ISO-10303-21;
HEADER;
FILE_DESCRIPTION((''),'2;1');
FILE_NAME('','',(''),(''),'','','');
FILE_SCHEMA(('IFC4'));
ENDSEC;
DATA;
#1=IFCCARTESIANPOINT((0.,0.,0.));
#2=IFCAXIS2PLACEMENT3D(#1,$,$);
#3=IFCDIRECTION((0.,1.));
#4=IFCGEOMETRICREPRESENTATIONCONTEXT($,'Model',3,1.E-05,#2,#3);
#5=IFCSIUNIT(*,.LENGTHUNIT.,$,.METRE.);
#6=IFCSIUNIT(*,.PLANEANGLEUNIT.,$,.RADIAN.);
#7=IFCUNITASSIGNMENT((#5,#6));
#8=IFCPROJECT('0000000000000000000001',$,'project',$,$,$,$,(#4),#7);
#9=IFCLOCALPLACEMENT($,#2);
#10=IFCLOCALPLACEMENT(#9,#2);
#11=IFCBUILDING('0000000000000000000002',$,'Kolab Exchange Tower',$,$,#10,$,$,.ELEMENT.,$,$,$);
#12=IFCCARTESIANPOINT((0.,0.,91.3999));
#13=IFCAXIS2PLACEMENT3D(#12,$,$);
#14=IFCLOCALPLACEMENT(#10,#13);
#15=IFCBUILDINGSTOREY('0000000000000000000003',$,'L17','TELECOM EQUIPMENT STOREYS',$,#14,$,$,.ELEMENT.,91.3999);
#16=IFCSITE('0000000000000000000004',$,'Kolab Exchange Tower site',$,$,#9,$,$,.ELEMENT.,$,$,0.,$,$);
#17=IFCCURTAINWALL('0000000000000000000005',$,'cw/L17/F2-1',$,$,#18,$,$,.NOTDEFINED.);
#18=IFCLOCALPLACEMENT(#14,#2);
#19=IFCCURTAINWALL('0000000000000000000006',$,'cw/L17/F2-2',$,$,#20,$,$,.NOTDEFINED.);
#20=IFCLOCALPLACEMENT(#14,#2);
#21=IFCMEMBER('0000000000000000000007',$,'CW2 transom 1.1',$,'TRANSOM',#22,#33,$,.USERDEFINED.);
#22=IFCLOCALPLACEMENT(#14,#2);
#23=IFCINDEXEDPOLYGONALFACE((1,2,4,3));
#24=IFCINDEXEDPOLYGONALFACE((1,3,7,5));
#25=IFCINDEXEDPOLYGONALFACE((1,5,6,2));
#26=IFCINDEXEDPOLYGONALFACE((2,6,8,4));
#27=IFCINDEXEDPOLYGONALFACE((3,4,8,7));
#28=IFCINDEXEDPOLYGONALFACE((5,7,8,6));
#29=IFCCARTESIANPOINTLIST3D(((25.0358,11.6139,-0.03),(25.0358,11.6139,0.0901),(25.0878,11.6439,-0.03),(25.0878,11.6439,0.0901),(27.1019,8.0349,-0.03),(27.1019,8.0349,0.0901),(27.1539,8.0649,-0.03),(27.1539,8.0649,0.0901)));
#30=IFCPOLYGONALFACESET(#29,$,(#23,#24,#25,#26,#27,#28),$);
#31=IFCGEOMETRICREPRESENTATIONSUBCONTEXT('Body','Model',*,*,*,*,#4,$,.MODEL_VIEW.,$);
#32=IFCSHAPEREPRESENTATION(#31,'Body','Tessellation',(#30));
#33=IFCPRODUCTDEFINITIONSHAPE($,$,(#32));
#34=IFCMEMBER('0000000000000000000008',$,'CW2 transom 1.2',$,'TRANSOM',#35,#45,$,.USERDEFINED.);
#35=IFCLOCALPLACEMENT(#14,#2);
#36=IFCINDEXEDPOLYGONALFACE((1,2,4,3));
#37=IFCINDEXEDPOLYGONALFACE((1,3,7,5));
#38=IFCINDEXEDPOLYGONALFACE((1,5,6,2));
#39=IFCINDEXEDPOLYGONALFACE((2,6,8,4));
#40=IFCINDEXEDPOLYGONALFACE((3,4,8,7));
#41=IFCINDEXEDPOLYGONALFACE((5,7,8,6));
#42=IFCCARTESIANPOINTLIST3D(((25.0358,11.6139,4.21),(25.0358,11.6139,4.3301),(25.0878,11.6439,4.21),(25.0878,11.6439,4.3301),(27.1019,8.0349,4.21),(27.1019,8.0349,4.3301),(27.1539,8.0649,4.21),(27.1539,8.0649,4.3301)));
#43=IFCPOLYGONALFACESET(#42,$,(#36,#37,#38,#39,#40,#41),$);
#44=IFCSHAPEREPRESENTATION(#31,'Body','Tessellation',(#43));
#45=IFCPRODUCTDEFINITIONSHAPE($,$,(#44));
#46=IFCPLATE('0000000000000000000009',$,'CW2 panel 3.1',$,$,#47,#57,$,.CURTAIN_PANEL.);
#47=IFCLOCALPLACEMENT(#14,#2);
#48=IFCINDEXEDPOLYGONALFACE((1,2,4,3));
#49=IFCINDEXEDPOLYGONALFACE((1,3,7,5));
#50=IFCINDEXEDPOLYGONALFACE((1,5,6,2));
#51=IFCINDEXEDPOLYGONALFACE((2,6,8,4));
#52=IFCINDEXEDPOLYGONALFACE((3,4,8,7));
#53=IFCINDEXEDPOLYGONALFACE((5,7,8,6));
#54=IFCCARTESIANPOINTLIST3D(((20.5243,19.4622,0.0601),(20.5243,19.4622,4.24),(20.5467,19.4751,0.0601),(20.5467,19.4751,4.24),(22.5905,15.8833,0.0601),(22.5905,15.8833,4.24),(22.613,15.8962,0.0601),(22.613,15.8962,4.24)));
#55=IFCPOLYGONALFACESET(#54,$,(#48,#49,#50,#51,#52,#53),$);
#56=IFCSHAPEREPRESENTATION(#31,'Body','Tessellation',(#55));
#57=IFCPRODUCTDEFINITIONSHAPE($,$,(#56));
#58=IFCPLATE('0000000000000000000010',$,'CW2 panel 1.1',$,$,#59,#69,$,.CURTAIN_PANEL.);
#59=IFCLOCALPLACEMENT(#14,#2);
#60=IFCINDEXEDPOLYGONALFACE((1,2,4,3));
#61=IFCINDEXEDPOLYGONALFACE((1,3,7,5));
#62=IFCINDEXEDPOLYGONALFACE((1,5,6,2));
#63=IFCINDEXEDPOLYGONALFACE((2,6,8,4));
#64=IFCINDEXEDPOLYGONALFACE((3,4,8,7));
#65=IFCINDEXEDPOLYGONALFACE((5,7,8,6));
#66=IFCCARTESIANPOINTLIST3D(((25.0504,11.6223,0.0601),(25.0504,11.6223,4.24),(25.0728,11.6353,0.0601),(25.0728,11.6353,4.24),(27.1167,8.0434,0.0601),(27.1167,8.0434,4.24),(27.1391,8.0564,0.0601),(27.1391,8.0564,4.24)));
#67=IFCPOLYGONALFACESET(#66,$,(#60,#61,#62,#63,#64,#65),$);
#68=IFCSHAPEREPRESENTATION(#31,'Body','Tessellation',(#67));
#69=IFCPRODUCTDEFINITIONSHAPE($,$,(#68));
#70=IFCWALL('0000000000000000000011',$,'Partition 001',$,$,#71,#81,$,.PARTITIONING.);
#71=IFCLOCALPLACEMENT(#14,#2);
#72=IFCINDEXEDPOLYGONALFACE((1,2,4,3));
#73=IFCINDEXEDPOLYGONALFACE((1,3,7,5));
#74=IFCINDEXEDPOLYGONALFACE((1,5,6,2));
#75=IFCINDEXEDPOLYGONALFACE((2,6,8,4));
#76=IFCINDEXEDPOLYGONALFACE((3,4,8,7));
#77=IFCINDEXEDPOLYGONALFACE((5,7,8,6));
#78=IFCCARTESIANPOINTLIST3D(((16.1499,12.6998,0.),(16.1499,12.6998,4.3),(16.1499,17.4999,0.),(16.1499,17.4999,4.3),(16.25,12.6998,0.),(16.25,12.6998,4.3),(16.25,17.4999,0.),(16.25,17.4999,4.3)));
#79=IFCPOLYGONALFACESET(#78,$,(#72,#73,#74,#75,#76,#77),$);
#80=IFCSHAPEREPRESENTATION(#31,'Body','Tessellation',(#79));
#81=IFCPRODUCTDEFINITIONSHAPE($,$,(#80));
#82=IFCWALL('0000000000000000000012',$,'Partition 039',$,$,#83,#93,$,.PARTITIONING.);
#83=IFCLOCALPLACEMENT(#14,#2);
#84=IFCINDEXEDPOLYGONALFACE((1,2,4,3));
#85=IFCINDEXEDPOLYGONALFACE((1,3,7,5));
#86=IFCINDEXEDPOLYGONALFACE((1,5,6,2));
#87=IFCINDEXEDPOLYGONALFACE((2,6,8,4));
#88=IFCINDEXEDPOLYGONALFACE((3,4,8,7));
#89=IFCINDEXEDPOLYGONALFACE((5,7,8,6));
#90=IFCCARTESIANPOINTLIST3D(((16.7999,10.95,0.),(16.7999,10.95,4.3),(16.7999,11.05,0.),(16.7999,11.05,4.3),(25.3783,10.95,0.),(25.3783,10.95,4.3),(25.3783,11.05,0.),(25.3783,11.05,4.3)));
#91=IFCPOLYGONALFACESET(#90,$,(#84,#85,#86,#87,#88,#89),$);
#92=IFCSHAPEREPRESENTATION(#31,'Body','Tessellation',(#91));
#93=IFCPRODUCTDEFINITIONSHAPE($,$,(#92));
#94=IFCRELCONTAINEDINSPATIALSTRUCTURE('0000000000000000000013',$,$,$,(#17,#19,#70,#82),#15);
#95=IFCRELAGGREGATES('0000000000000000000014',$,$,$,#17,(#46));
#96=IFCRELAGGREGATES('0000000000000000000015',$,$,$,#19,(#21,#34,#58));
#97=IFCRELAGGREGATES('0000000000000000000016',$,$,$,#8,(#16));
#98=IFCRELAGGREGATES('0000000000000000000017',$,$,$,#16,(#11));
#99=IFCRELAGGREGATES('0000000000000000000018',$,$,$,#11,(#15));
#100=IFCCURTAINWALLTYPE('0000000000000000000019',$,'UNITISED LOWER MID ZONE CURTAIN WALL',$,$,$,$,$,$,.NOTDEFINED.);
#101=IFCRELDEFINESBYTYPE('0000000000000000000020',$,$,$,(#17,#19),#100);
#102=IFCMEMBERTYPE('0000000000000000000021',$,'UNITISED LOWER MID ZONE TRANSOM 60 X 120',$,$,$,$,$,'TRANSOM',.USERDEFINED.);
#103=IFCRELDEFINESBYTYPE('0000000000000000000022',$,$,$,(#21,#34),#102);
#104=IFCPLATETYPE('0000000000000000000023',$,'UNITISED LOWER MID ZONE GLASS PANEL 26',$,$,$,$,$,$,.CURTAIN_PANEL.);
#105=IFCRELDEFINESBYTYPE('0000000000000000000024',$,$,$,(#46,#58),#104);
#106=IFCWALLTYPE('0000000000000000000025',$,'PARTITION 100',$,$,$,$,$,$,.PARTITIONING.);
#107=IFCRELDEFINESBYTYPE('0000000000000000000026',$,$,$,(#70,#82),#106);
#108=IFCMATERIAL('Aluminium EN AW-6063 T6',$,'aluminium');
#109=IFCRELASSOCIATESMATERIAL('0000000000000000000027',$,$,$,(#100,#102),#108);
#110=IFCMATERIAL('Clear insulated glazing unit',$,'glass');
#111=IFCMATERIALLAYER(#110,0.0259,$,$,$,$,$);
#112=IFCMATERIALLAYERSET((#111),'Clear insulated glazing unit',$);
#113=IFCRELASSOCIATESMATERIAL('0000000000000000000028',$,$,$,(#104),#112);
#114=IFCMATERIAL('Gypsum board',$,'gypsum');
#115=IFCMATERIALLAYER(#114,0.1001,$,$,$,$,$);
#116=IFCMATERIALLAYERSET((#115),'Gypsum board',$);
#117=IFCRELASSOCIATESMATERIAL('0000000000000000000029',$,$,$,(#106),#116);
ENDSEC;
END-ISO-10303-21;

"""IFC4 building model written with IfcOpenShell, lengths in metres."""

from ifc_helpers import new_model, si_unit, direction, frame, frame_2d, origin, origin_2d, place, context, subcontext, project, spatial, rectangle, extrude, material, layer, layer_set, material_profile, profile_set, type_object, element, aggregate, save


model = new_model("IFC4")

# Units and contexts
model_context = context("Model", 3, precision=1e-05, world=origin(), true_north=direction((0.0, 1.0)))
body_context = subcontext(model_context, "Body", "Model", "MODEL_VIEW")
ifc_project = project(units=[si_unit("LENGTHUNIT", "METRE"), si_unit("PLANEANGLEUNIT", "RADIAN")], contexts=[model_context])

# Site, building, storey
site_placement = place(None, origin())
site = spatial("IfcSite", under=ifc_project, at=site_placement, Name="Kolab Exchange Tower site", CompositionType="ELEMENT", RefElevation=0.0)
building_placement = place(site_placement, origin())
building = spatial("IfcBuilding", under=site, at=building_placement, Name="Kolab Exchange Tower", CompositionType="ELEMENT")
storey_placement = place(building_placement, frame((0.0, 0.0, 91.3999)))
storey = spatial("IfcBuildingStorey", under=building, at=storey_placement, Name="L17", Description="TELECOM EQUIPMENT STOREYS", CompositionType="ELEMENT", Elevation=91.3999)

# Curtain wall
ifc_material_1 = material(Name="Aluminium EN AW-6063 T6", Category="aluminium")
curtain_wall_type = type_object("IfcCurtainWallType", Name="UNITISED LOWER MID ZONE CURTAIN WALL", PredefinedType="NOTDEFINED", material=ifc_material_1)
curtain_wall_1_placement = place(storey_placement, origin())
curtain_wall_1 = element("IfcCurtainWall", 1, at=curtain_wall_1_placement, inside=storey, type_object=curtain_wall_type, Name="cw/L17/F2-1", PredefinedType="NOTDEFINED")

# Curtain wall
curtain_wall_2_placement = place(storey_placement, origin())
curtain_wall_2 = element("IfcCurtainWall", 2, at=curtain_wall_2_placement, inside=storey, type_object=curtain_wall_type, Name="cw/L17/F2-2", PredefinedType="NOTDEFINED")

# Members
ifc_material_profile_1 = material_profile(ifc_material_1, rectangle(XDim=0.0601, YDim=0.1201, at=origin_2d()), Name="RECT 60X120")
ifc_profile_set_1 = profile_set([ifc_material_profile_1], Name="Aluminium EN AW-6063 T6")
member_type_1 = type_object("IfcMemberType", Name="UNITISED LOWER MID ZONE TRANSOM 60 X 120", ElementType="TRANSOM", PredefinedType="USERDEFINED", material=ifc_profile_set_1)
member_1_placement = place(storey_placement, frame((25.0618, 11.6289, 0.03), z_axis=(0.499958, -0.86605, 0.0), x_axis=(0.86605, 0.499958, 0.0)))
member_1 = element("IfcMember", 3, at=member_1_placement, type_object=member_type_1, Name="CW2 transom 1.1", ObjectType="TRANSOM", PredefinedType="USERDEFINED", context=body_context, shape_type="SweptSolid", body=[
    extrude(rectangle(XDim=0.0601, YDim=0.1201, at=origin_2d()), origin(), (0.0, 0.0, 1.0), 4.1326),
])
member_2_placement = place(storey_placement, frame((25.0618, 11.6289, 4.27), z_axis=(0.499958, -0.86605, 0.0), x_axis=(0.86605, 0.499958, 0.0)))
member_2 = element("IfcMember", 4, at=member_2_placement, type_object=member_type_1, Name="CW2 transom 1.2", ObjectType="TRANSOM", PredefinedType="USERDEFINED", context=body_context, shape_type="SweptSolid", body=[
    extrude(rectangle(XDim=0.0601, YDim=0.1201, at=origin_2d()), origin(), (0.0, 0.0, 1.0), 4.1326),
])

# Plates
ifc_material_2 = material(Name="Clear insulated glazing unit", Category="glass")
ifc_layer_1 = layer(ifc_material_2, 0.0259)
ifc_layer_set_1 = layer_set([ifc_layer_1], Name="Clear insulated glazing unit")
plate_type = type_object("IfcPlateType", Name="UNITISED LOWER MID ZONE GLASS PANEL 26", PredefinedType="CURTAIN_PANEL", material=ifc_layer_set_1)
plate_1_placement = place(storey_placement, frame((21.5686, 17.6792, 0.0601), z_axis=(0.0, 0.0, 1.0), x_axis=(0.5, -0.866025, 0.0)))
plate_1 = element("IfcPlate", 5, at=plate_1_placement, type_object=plate_type, Name="CW2 panel 3.1", PredefinedType="CURTAIN_PANEL", context=body_context, shape_type="SweptSolid", body=[
    extrude(rectangle(XDim=4.1326, YDim=0.0259, at=origin_2d()), origin(), (0.0, 0.0, 1.0), 4.1799),
])
aggregate(curtain_wall_1, [plate_1])
plate_2_placement = place(storey_placement, frame((26.0947, 9.8394, 0.0601), z_axis=(0.0, 0.0, 1.0), x_axis=(0.5, -0.866025, 0.0)))
plate_2 = element("IfcPlate", 6, at=plate_2_placement, type_object=plate_type, Name="CW2 panel 1.1", PredefinedType="CURTAIN_PANEL", context=body_context, shape_type="SweptSolid", body=[
    extrude(rectangle(XDim=4.1326, YDim=0.0259, at=origin_2d()), origin(), (0.0, 0.0, 1.0), 4.1799),
])
aggregate(curtain_wall_2, [member_1, member_2, plate_2])

# Walls
ifc_material_3 = material(Name="Gypsum board", Category="gypsum")
ifc_layer_2 = layer(ifc_material_3, 0.1001)
ifc_layer_set_2 = layer_set([ifc_layer_2], Name="Gypsum board")
wall_type_1 = type_object("IfcWallType", Name="PARTITION 100", PredefinedType="PARTITIONING", material=ifc_layer_set_2)
wall_1_placement = place(storey_placement, frame((16.2, 12.7, 0.0), z_axis=(0.0, 0.0, 1.0), x_axis=(0.0, 1.0, 0.0)))
element("IfcWall", 7, at=wall_1_placement, inside=storey, type_object=wall_type_1, Name="Partition 001", PredefinedType="PARTITIONING", context=body_context, shape_type="SweptSolid", body=[
    extrude(rectangle(XDim=4.8, YDim=0.1001, at=frame_2d((2.3999, 0.0))), origin(), (0.0, 0.0, 1.0), 4.3),
])
wall_2_placement = place(storey_placement, frame((16.8, 11.0, 0.0), z_axis=(0.0, 0.0, 1.0), x_axis=(1.0, 0.0, 0.0)))
element("IfcWall", 8, at=wall_2_placement, inside=storey, type_object=wall_type_1, Name="Partition 039", PredefinedType="PARTITIONING", context=body_context, shape_type="SweptSolid", body=[
    extrude(rectangle(XDim=8.5784, YDim=0.1001, at=frame_2d((4.2891, 0.0))), origin(), (0.0, 0.0, 1.0), 4.3),
])

save(model, "model.ifc")
